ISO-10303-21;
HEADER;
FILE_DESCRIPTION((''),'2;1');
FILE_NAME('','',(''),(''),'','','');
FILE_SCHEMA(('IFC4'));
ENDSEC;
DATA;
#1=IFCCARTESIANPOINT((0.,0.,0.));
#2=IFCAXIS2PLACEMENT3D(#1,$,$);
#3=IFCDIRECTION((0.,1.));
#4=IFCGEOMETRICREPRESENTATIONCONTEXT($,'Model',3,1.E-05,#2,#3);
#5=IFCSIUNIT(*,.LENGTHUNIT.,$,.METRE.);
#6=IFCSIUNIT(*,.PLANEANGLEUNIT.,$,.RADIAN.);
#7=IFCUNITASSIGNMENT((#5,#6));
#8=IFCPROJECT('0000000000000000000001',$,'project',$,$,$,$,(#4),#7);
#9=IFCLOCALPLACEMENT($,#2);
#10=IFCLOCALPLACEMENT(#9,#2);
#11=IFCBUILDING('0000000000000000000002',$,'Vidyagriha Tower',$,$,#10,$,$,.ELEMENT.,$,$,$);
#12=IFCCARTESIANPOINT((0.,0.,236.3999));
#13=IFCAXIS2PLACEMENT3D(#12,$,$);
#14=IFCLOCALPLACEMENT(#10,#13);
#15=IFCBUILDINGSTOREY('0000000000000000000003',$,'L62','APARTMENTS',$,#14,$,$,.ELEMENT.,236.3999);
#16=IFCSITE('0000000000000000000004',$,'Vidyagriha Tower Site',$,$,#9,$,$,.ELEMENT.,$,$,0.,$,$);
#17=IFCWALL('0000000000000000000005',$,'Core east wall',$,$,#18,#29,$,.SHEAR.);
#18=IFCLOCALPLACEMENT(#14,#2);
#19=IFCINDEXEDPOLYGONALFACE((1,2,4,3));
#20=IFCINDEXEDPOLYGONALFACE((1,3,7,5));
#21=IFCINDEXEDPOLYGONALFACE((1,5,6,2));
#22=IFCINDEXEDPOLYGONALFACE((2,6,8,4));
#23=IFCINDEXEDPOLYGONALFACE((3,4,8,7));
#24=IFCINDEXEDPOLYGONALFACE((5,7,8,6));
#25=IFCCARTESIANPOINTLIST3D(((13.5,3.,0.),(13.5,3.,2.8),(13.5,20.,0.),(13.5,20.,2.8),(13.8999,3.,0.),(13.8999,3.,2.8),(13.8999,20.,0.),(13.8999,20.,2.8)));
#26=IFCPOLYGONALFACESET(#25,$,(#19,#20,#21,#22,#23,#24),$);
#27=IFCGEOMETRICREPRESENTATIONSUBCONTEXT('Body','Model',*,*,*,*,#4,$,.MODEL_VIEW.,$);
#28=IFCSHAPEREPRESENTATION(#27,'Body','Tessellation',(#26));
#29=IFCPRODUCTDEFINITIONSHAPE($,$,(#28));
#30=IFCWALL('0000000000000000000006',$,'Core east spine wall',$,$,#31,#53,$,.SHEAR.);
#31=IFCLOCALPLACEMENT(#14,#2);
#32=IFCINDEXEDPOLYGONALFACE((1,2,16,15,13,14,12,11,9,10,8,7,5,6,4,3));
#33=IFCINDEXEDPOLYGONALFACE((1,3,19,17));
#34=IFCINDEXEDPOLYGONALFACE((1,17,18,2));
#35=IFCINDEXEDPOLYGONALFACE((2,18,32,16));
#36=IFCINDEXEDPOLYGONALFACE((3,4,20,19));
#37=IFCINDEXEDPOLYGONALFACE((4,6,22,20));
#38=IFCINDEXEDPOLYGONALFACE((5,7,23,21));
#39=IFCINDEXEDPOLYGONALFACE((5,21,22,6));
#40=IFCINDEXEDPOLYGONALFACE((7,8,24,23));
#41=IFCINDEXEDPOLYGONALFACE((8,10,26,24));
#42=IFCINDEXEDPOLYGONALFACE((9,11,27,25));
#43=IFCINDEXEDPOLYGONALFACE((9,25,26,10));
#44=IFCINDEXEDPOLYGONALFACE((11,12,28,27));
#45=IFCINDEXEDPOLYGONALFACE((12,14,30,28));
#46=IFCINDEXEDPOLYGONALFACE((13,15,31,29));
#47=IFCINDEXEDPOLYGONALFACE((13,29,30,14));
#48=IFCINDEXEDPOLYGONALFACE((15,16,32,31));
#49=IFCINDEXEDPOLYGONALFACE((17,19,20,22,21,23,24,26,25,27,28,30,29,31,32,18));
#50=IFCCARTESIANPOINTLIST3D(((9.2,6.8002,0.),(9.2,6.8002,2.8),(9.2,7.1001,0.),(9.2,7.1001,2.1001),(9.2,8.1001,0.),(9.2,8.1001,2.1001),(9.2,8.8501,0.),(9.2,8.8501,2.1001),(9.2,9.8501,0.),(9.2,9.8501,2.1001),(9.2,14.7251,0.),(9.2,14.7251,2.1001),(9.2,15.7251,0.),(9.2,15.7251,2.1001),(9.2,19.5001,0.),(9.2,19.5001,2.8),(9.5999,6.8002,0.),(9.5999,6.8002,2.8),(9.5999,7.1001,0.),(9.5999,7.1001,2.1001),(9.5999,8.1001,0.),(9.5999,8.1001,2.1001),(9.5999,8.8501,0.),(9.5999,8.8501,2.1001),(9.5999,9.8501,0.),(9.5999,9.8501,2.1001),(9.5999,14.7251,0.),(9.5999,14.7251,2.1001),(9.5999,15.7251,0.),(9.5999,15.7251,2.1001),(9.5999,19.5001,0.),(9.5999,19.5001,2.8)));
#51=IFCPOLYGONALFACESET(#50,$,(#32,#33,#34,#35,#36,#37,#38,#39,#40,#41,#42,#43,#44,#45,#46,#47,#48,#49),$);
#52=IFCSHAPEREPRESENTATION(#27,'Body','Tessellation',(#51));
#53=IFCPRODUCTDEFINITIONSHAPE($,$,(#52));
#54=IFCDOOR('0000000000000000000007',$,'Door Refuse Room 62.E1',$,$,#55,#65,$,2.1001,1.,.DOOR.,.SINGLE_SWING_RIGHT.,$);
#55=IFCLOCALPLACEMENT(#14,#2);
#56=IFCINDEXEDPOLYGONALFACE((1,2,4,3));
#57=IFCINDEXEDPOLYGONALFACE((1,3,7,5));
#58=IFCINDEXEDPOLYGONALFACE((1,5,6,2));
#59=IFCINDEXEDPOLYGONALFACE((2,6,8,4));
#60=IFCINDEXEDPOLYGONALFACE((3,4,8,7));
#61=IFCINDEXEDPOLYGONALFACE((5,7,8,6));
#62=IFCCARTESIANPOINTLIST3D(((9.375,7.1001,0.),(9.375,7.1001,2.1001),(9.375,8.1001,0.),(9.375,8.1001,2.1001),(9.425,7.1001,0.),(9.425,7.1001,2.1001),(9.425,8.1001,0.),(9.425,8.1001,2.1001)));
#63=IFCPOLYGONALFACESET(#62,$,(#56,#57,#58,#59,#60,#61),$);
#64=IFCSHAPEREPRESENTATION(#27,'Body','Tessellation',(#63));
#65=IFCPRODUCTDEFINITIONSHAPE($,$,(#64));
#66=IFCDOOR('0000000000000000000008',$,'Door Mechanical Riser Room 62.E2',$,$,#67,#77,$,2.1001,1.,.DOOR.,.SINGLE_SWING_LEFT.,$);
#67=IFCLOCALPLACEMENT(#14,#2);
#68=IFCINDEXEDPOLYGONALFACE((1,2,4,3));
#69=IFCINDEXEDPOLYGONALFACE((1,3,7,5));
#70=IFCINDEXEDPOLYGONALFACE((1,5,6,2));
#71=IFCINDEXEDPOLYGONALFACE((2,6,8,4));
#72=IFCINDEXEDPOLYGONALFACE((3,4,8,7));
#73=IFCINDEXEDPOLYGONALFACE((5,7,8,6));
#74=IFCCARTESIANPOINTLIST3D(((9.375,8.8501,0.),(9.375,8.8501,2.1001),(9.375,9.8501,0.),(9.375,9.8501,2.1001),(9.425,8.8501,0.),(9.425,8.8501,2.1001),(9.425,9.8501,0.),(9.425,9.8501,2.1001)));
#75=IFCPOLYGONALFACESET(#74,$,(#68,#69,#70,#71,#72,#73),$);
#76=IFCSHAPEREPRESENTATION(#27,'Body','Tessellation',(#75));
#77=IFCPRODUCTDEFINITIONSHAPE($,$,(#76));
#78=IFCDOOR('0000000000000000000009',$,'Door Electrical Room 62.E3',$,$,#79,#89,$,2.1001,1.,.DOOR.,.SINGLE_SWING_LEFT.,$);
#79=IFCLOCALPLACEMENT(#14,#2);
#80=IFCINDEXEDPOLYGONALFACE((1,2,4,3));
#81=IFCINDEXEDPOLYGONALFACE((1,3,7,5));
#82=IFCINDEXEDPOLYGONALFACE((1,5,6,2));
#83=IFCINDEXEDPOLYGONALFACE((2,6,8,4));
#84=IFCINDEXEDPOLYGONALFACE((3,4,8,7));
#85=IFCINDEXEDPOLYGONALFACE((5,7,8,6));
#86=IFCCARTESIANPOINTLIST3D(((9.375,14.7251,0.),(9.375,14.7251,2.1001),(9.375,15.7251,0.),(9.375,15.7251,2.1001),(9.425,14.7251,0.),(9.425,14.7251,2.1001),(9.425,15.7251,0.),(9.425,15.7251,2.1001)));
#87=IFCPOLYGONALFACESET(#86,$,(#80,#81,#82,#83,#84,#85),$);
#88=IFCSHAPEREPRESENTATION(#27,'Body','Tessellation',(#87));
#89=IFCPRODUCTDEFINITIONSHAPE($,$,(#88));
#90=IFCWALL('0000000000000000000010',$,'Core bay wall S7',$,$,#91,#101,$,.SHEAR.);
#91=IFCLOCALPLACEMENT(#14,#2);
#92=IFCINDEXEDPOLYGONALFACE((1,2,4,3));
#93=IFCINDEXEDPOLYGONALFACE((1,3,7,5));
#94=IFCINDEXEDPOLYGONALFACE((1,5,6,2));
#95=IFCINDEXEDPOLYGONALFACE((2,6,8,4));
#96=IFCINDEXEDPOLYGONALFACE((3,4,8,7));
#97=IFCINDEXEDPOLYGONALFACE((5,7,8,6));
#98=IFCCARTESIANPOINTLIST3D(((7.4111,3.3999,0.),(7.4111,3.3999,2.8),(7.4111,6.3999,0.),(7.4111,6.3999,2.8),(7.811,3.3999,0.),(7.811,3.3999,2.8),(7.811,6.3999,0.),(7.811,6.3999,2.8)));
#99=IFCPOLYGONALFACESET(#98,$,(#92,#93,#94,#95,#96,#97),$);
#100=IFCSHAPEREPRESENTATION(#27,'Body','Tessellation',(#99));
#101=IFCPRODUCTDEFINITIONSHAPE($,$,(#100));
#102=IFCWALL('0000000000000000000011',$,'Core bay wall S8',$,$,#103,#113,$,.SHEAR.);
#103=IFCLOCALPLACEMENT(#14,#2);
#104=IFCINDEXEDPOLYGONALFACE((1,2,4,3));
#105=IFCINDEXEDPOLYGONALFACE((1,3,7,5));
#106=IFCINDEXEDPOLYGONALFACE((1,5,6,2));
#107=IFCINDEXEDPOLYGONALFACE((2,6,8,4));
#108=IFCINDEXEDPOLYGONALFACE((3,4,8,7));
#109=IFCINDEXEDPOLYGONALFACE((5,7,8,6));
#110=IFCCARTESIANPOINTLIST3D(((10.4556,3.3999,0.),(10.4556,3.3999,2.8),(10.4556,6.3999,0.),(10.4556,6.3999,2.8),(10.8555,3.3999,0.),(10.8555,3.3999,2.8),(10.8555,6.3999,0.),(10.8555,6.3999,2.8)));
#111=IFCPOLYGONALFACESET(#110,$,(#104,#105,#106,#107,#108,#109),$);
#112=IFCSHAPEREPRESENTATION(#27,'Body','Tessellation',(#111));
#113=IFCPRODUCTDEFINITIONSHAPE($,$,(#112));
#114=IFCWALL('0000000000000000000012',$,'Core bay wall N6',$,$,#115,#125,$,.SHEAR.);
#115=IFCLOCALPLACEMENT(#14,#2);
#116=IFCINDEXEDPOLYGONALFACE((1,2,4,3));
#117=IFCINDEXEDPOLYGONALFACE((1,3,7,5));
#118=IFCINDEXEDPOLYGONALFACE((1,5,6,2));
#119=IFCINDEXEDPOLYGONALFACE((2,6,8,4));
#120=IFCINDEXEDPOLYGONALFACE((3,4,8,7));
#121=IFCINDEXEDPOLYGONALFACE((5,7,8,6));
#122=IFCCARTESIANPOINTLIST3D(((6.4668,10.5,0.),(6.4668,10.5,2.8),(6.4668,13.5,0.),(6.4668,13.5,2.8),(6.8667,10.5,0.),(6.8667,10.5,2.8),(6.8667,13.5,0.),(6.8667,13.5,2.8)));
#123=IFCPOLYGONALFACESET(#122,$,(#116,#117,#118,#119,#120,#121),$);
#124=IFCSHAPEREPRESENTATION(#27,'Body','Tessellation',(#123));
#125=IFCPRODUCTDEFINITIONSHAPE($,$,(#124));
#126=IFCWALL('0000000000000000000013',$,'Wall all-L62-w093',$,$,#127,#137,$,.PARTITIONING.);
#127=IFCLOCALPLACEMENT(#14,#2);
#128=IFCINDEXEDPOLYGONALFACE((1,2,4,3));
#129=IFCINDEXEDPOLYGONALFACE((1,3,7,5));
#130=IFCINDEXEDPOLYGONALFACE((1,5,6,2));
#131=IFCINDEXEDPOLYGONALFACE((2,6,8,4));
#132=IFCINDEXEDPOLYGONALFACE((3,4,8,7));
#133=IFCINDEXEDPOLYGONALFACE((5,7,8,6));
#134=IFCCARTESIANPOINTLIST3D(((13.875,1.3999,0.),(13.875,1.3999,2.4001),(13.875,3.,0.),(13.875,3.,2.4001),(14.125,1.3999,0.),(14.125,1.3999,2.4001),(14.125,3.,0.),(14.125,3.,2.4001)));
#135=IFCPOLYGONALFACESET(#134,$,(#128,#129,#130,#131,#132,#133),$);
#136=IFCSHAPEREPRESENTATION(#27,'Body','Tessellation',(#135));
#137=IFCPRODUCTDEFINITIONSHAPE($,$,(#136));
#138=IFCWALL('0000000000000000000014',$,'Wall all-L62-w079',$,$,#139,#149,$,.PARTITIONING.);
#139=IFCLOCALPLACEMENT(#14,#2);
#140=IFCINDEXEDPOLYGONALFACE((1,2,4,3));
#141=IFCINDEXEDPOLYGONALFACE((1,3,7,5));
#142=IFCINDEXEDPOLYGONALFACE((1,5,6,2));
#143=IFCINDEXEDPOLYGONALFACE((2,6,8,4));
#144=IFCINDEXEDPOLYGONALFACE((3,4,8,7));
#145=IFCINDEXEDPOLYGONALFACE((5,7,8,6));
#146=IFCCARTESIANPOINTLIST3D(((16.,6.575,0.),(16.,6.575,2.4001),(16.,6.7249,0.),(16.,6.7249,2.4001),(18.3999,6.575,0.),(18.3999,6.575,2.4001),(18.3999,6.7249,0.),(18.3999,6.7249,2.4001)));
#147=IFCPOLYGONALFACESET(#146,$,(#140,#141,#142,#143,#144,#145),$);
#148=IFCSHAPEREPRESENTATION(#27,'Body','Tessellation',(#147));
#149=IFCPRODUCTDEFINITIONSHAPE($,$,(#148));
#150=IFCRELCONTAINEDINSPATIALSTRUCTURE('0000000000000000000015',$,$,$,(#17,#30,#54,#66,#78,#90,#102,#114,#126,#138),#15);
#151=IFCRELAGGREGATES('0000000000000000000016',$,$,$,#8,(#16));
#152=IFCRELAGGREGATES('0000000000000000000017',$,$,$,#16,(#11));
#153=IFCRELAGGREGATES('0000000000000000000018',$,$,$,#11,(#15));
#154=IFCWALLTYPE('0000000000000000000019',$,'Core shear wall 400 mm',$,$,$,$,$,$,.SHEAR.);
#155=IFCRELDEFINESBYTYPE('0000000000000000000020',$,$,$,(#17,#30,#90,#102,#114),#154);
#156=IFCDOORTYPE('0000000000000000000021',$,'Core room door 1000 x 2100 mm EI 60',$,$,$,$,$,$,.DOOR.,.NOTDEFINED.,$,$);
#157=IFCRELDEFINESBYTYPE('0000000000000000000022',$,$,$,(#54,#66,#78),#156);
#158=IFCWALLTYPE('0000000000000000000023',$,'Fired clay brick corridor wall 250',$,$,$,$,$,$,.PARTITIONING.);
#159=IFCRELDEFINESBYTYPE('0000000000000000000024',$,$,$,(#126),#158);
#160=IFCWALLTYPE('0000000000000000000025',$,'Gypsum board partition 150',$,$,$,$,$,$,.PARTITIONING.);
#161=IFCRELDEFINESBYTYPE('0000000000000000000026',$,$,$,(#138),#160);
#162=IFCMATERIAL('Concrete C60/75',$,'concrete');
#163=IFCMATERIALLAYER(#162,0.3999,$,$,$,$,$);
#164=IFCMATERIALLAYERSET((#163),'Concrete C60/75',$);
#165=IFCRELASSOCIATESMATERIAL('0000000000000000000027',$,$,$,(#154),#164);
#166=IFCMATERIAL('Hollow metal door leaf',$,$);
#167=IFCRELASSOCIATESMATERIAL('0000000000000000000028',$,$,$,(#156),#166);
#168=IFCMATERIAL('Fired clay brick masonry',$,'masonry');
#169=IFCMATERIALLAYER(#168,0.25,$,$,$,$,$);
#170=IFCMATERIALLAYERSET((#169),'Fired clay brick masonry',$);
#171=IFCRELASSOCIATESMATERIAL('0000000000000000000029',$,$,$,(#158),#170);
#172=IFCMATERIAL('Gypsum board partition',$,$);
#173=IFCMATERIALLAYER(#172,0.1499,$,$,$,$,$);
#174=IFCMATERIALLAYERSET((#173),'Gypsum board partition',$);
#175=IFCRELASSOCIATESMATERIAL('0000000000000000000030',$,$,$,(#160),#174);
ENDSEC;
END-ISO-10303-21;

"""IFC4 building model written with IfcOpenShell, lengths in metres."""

from ifc_helpers import new_model, si_unit, direction, frame, frame_2d, origin, place, context, subcontext, project, spatial, rectangle, extrude, material, layer, layer_set, type_object, element, fill, save


model = new_model("IFC4")

# Units and contexts
model_context = context("Model", 3, precision=1e-05, world=origin(), true_north=direction((0.0, 1.0)))
body_context = subcontext(model_context, "Body", "Model", "MODEL_VIEW")
ifc_project = project(units=[si_unit("LENGTHUNIT", "METRE"), si_unit("PLANEANGLEUNIT", "RADIAN")], contexts=[model_context])

# Site, building, storey
site_placement = place(None, origin())
site = spatial("IfcSite", under=ifc_project, at=site_placement, Name="Vidyagriha Tower Site", CompositionType="ELEMENT", RefElevation=0.0)
building_placement = place(site_placement, origin())
building = spatial("IfcBuilding", under=site, at=building_placement, Name="Vidyagriha Tower", CompositionType="ELEMENT")
storey_placement = place(building_placement, frame((0.0, 0.0, 236.3999)))
storey = spatial("IfcBuildingStorey", under=building, at=storey_placement, Name="L62", Description="APARTMENTS", CompositionType="ELEMENT", Elevation=236.3999)

# Wall
ifc_material_1 = material(Name="Concrete C60/75", Category="concrete")
ifc_layer_1 = layer(ifc_material_1, 0.3999)
ifc_layer_set_1 = layer_set([ifc_layer_1], Name="Concrete C60/75")
wall_type_1 = type_object("IfcWallType", Name="Core shear wall 400 mm", PredefinedType="SHEAR", material=ifc_layer_set_1)
wall_1_placement = place(storey_placement, frame((13.7, 3.0, 0.0), z_axis=(0.0, 0.0, 1.0), x_axis=(0.0, 1.0, 0.0)))
element("IfcWall", 1, at=wall_1_placement, inside=storey, type_object=wall_type_1, Name="Core east wall", PredefinedType="SHEAR", context=body_context, shape_type="SweptSolid", body=[
    extrude(rectangle(XDim=17.0, YDim=0.3999, at=frame_2d((8.5, 0.0))), origin(), (0.0, 0.0, 1.0), 2.8),
])

# Wall, openings, doors
wall_2_placement = place(storey_placement, frame((9.3999, 6.8, 0.0), z_axis=(0.0, 0.0, 1.0), x_axis=(0.0, 1.0, 0.0)))
wall_2 = element("IfcWall", 2, at=wall_2_placement, inside=storey, type_object=wall_type_1, Name="Core east spine wall", PredefinedType="SHEAR", context=body_context, shape_type="SweptSolid", body=[
    extrude(rectangle(XDim=12.7, YDim=0.3999, at=frame_2d((6.3501, 0.0))), origin(), (0.0, 0.0, 1.0), 2.8),
])
opening_1_placement = place(wall_2_placement, frame((0.3, 0.0, 0.0)))
opening_1 = element("IfcOpeningElement", 3, at=opening_1_placement, cuts=wall_2, PredefinedType="OPENING", context=body_context, shape_type="SweptSolid", body=[
    extrude(rectangle(XDim=1.0, YDim=2.1001, at=frame_2d((0.5, 1.05))), frame((0.0, 0.21, 0.0), z_axis=(0.0, -1.0, 0.0), x_axis=(1.0, 0.0, 0.0)), (0.0, 0.0, 1.0), 0.4199),
])
opening_2_placement = place(wall_2_placement, frame((2.05, 0.0, 0.0)))
opening_2 = element("IfcOpeningElement", 4, at=opening_2_placement, cuts=wall_2, PredefinedType="OPENING", context=body_context, shape_type="SweptSolid", body=[
    extrude(rectangle(XDim=1.0, YDim=2.1001, at=frame_2d((0.5, 1.05))), frame((0.0, 0.21, 0.0), z_axis=(0.0, -1.0, 0.0), x_axis=(1.0, 0.0, 0.0)), (0.0, 0.0, 1.0), 0.4199),
])
opening_3_placement = place(wall_2_placement, frame((7.925, 0.0, 0.0)))
opening_3 = element("IfcOpeningElement", 5, at=opening_3_placement, cuts=wall_2, PredefinedType="OPENING", context=body_context, shape_type="SweptSolid", body=[
    extrude(rectangle(XDim=1.0, YDim=2.1001, at=frame_2d((0.5, 1.05))), frame((0.0, 0.21, 0.0), z_axis=(0.0, -1.0, 0.0), x_axis=(1.0, 0.0, 0.0)), (0.0, 0.0, 1.0), 0.4199),
])
ifc_material_2 = material(Name="Hollow metal door leaf")
door_type_1 = type_object("IfcDoorType", Name="Core room door 1000 x 2100 mm EI 60", OperationType="NOTDEFINED", PredefinedType="DOOR", material=ifc_material_2)
door_1_placement = place(opening_1_placement, origin())
door_1 = element("IfcDoor", 6, at=door_1_placement, inside=storey, type_object=door_type_1, Name="Door Refuse Room 62.E1", OperationType="SINGLE_SWING_RIGHT", OverallHeight=2.1001, OverallWidth=1.0, PredefinedType="DOOR", context=body_context, shape_type="SweptSolid", body=[
    extrude(rectangle(XDim=1.0, YDim=2.1001, at=frame_2d((0.5, 1.05))), frame((0.0, 0.0249, 0.0), z_axis=(0.0, -1.0, 0.0), x_axis=(1.0, 0.0, 0.0)), (0.0, 0.0, 1.0), 0.05),
])
fill(opening_1, door_1)
door_2_placement = place(opening_2_placement, origin())
door_2 = element("IfcDoor", 7, at=door_2_placement, inside=storey, type_object=door_type_1, Name="Door Mechanical Riser Room 62.E2", OperationType="SINGLE_SWING_LEFT", OverallHeight=2.1001, OverallWidth=1.0, PredefinedType="DOOR", context=body_context, shape_type="SweptSolid", body=[
    extrude(rectangle(XDim=1.0, YDim=2.1001, at=frame_2d((0.5, 1.05))), frame((0.0, 0.0249, 0.0), z_axis=(0.0, -1.0, 0.0), x_axis=(1.0, 0.0, 0.0)), (0.0, 0.0, 1.0), 0.05),
])
fill(opening_2, door_2)
door_3_placement = place(opening_3_placement, origin())
door_3 = element("IfcDoor", 8, at=door_3_placement, inside=storey, type_object=door_type_1, Name="Door Electrical Room 62.E3", OperationType="SINGLE_SWING_LEFT", OverallHeight=2.1001, OverallWidth=1.0, PredefinedType="DOOR", context=body_context, shape_type="SweptSolid", body=[
    extrude(rectangle(XDim=1.0, YDim=2.1001, at=frame_2d((0.5, 1.05))), frame((0.0, 0.0249, 0.0), z_axis=(0.0, -1.0, 0.0), x_axis=(1.0, 0.0, 0.0)), (0.0, 0.0, 1.0), 0.05),
])
fill(opening_3, door_3)

# Walls
for number, where, z_axis, x_axis, name in (
    (9, (7.6111, 3.3999, 0.0), (0.0, 0.0, 1.0), (0.0, 1.0, 0.0), "Core bay wall S7"),
    (10, (10.6555, 3.3999, 0.0), (0.0, 0.0, 1.0), (0.0, 1.0, 0.0), "Core bay wall S8"),
    (11, (6.6667, 10.5, 0.0), (0.0, 0.0, 1.0), (0.0, 1.0, 0.0), "Core bay wall N6"),
):
    element("IfcWall", number, at=place(storey_placement, frame(where, z_axis=z_axis, x_axis=x_axis)), inside=storey, type_object=wall_type_1, Name=name, PredefinedType="SHEAR", context=body_context, shape_type="SweptSolid", body=[
        extrude(rectangle(XDim=3.0, YDim=0.3999, at=frame_2d((1.5, 0.0))), origin(), (0.0, 0.0, 1.0), 2.8),
    ])
ifc_material_3 = material(Name="Fired clay brick masonry", Category="masonry")
ifc_layer_2 = layer(ifc_material_3, 0.25)
ifc_layer_set_2 = layer_set([ifc_layer_2], Name="Fired clay brick masonry")
wall_type_2 = type_object("IfcWallType", Name="Fired clay brick corridor wall 250", PredefinedType="PARTITIONING", material=ifc_layer_set_2)
wall_3_placement = place(storey_placement, frame((14.0, 1.3999, 0.0), z_axis=(0.0, 0.0, 1.0), x_axis=(0.0, 1.0, 0.0)))
element("IfcWall", 12, at=wall_3_placement, inside=storey, type_object=wall_type_2, Name="Wall all-L62-w093", PredefinedType="PARTITIONING", context=body_context, shape_type="SweptSolid", body=[
    extrude(rectangle(XDim=1.6001, YDim=0.25, at=frame_2d((0.8, 0.0))), origin(), (0.0, 0.0, 1.0), 2.4001),
])
ifc_material_4 = material(Name="Gypsum board partition")
ifc_layer_3 = layer(ifc_material_4, 0.1499)
ifc_layer_set_3 = layer_set([ifc_layer_3], Name="Gypsum board partition")
wall_type_3 = type_object("IfcWallType", Name="Gypsum board partition 150", PredefinedType="PARTITIONING", material=ifc_layer_set_3)
wall_4_placement = place(storey_placement, frame((16.0, 6.6499, 0.0)))
element("IfcWall", 13, at=wall_4_placement, inside=storey, type_object=wall_type_3, Name="Wall all-L62-w079", PredefinedType="PARTITIONING", context=body_context, shape_type="SweptSolid", body=[
    extrude(rectangle(XDim=2.3999, YDim=0.1499, at=frame_2d((1.2, 0.0))), origin(), (0.0, 0.0, 1.0), 2.4001),
])

save(model, "model.ifc")
